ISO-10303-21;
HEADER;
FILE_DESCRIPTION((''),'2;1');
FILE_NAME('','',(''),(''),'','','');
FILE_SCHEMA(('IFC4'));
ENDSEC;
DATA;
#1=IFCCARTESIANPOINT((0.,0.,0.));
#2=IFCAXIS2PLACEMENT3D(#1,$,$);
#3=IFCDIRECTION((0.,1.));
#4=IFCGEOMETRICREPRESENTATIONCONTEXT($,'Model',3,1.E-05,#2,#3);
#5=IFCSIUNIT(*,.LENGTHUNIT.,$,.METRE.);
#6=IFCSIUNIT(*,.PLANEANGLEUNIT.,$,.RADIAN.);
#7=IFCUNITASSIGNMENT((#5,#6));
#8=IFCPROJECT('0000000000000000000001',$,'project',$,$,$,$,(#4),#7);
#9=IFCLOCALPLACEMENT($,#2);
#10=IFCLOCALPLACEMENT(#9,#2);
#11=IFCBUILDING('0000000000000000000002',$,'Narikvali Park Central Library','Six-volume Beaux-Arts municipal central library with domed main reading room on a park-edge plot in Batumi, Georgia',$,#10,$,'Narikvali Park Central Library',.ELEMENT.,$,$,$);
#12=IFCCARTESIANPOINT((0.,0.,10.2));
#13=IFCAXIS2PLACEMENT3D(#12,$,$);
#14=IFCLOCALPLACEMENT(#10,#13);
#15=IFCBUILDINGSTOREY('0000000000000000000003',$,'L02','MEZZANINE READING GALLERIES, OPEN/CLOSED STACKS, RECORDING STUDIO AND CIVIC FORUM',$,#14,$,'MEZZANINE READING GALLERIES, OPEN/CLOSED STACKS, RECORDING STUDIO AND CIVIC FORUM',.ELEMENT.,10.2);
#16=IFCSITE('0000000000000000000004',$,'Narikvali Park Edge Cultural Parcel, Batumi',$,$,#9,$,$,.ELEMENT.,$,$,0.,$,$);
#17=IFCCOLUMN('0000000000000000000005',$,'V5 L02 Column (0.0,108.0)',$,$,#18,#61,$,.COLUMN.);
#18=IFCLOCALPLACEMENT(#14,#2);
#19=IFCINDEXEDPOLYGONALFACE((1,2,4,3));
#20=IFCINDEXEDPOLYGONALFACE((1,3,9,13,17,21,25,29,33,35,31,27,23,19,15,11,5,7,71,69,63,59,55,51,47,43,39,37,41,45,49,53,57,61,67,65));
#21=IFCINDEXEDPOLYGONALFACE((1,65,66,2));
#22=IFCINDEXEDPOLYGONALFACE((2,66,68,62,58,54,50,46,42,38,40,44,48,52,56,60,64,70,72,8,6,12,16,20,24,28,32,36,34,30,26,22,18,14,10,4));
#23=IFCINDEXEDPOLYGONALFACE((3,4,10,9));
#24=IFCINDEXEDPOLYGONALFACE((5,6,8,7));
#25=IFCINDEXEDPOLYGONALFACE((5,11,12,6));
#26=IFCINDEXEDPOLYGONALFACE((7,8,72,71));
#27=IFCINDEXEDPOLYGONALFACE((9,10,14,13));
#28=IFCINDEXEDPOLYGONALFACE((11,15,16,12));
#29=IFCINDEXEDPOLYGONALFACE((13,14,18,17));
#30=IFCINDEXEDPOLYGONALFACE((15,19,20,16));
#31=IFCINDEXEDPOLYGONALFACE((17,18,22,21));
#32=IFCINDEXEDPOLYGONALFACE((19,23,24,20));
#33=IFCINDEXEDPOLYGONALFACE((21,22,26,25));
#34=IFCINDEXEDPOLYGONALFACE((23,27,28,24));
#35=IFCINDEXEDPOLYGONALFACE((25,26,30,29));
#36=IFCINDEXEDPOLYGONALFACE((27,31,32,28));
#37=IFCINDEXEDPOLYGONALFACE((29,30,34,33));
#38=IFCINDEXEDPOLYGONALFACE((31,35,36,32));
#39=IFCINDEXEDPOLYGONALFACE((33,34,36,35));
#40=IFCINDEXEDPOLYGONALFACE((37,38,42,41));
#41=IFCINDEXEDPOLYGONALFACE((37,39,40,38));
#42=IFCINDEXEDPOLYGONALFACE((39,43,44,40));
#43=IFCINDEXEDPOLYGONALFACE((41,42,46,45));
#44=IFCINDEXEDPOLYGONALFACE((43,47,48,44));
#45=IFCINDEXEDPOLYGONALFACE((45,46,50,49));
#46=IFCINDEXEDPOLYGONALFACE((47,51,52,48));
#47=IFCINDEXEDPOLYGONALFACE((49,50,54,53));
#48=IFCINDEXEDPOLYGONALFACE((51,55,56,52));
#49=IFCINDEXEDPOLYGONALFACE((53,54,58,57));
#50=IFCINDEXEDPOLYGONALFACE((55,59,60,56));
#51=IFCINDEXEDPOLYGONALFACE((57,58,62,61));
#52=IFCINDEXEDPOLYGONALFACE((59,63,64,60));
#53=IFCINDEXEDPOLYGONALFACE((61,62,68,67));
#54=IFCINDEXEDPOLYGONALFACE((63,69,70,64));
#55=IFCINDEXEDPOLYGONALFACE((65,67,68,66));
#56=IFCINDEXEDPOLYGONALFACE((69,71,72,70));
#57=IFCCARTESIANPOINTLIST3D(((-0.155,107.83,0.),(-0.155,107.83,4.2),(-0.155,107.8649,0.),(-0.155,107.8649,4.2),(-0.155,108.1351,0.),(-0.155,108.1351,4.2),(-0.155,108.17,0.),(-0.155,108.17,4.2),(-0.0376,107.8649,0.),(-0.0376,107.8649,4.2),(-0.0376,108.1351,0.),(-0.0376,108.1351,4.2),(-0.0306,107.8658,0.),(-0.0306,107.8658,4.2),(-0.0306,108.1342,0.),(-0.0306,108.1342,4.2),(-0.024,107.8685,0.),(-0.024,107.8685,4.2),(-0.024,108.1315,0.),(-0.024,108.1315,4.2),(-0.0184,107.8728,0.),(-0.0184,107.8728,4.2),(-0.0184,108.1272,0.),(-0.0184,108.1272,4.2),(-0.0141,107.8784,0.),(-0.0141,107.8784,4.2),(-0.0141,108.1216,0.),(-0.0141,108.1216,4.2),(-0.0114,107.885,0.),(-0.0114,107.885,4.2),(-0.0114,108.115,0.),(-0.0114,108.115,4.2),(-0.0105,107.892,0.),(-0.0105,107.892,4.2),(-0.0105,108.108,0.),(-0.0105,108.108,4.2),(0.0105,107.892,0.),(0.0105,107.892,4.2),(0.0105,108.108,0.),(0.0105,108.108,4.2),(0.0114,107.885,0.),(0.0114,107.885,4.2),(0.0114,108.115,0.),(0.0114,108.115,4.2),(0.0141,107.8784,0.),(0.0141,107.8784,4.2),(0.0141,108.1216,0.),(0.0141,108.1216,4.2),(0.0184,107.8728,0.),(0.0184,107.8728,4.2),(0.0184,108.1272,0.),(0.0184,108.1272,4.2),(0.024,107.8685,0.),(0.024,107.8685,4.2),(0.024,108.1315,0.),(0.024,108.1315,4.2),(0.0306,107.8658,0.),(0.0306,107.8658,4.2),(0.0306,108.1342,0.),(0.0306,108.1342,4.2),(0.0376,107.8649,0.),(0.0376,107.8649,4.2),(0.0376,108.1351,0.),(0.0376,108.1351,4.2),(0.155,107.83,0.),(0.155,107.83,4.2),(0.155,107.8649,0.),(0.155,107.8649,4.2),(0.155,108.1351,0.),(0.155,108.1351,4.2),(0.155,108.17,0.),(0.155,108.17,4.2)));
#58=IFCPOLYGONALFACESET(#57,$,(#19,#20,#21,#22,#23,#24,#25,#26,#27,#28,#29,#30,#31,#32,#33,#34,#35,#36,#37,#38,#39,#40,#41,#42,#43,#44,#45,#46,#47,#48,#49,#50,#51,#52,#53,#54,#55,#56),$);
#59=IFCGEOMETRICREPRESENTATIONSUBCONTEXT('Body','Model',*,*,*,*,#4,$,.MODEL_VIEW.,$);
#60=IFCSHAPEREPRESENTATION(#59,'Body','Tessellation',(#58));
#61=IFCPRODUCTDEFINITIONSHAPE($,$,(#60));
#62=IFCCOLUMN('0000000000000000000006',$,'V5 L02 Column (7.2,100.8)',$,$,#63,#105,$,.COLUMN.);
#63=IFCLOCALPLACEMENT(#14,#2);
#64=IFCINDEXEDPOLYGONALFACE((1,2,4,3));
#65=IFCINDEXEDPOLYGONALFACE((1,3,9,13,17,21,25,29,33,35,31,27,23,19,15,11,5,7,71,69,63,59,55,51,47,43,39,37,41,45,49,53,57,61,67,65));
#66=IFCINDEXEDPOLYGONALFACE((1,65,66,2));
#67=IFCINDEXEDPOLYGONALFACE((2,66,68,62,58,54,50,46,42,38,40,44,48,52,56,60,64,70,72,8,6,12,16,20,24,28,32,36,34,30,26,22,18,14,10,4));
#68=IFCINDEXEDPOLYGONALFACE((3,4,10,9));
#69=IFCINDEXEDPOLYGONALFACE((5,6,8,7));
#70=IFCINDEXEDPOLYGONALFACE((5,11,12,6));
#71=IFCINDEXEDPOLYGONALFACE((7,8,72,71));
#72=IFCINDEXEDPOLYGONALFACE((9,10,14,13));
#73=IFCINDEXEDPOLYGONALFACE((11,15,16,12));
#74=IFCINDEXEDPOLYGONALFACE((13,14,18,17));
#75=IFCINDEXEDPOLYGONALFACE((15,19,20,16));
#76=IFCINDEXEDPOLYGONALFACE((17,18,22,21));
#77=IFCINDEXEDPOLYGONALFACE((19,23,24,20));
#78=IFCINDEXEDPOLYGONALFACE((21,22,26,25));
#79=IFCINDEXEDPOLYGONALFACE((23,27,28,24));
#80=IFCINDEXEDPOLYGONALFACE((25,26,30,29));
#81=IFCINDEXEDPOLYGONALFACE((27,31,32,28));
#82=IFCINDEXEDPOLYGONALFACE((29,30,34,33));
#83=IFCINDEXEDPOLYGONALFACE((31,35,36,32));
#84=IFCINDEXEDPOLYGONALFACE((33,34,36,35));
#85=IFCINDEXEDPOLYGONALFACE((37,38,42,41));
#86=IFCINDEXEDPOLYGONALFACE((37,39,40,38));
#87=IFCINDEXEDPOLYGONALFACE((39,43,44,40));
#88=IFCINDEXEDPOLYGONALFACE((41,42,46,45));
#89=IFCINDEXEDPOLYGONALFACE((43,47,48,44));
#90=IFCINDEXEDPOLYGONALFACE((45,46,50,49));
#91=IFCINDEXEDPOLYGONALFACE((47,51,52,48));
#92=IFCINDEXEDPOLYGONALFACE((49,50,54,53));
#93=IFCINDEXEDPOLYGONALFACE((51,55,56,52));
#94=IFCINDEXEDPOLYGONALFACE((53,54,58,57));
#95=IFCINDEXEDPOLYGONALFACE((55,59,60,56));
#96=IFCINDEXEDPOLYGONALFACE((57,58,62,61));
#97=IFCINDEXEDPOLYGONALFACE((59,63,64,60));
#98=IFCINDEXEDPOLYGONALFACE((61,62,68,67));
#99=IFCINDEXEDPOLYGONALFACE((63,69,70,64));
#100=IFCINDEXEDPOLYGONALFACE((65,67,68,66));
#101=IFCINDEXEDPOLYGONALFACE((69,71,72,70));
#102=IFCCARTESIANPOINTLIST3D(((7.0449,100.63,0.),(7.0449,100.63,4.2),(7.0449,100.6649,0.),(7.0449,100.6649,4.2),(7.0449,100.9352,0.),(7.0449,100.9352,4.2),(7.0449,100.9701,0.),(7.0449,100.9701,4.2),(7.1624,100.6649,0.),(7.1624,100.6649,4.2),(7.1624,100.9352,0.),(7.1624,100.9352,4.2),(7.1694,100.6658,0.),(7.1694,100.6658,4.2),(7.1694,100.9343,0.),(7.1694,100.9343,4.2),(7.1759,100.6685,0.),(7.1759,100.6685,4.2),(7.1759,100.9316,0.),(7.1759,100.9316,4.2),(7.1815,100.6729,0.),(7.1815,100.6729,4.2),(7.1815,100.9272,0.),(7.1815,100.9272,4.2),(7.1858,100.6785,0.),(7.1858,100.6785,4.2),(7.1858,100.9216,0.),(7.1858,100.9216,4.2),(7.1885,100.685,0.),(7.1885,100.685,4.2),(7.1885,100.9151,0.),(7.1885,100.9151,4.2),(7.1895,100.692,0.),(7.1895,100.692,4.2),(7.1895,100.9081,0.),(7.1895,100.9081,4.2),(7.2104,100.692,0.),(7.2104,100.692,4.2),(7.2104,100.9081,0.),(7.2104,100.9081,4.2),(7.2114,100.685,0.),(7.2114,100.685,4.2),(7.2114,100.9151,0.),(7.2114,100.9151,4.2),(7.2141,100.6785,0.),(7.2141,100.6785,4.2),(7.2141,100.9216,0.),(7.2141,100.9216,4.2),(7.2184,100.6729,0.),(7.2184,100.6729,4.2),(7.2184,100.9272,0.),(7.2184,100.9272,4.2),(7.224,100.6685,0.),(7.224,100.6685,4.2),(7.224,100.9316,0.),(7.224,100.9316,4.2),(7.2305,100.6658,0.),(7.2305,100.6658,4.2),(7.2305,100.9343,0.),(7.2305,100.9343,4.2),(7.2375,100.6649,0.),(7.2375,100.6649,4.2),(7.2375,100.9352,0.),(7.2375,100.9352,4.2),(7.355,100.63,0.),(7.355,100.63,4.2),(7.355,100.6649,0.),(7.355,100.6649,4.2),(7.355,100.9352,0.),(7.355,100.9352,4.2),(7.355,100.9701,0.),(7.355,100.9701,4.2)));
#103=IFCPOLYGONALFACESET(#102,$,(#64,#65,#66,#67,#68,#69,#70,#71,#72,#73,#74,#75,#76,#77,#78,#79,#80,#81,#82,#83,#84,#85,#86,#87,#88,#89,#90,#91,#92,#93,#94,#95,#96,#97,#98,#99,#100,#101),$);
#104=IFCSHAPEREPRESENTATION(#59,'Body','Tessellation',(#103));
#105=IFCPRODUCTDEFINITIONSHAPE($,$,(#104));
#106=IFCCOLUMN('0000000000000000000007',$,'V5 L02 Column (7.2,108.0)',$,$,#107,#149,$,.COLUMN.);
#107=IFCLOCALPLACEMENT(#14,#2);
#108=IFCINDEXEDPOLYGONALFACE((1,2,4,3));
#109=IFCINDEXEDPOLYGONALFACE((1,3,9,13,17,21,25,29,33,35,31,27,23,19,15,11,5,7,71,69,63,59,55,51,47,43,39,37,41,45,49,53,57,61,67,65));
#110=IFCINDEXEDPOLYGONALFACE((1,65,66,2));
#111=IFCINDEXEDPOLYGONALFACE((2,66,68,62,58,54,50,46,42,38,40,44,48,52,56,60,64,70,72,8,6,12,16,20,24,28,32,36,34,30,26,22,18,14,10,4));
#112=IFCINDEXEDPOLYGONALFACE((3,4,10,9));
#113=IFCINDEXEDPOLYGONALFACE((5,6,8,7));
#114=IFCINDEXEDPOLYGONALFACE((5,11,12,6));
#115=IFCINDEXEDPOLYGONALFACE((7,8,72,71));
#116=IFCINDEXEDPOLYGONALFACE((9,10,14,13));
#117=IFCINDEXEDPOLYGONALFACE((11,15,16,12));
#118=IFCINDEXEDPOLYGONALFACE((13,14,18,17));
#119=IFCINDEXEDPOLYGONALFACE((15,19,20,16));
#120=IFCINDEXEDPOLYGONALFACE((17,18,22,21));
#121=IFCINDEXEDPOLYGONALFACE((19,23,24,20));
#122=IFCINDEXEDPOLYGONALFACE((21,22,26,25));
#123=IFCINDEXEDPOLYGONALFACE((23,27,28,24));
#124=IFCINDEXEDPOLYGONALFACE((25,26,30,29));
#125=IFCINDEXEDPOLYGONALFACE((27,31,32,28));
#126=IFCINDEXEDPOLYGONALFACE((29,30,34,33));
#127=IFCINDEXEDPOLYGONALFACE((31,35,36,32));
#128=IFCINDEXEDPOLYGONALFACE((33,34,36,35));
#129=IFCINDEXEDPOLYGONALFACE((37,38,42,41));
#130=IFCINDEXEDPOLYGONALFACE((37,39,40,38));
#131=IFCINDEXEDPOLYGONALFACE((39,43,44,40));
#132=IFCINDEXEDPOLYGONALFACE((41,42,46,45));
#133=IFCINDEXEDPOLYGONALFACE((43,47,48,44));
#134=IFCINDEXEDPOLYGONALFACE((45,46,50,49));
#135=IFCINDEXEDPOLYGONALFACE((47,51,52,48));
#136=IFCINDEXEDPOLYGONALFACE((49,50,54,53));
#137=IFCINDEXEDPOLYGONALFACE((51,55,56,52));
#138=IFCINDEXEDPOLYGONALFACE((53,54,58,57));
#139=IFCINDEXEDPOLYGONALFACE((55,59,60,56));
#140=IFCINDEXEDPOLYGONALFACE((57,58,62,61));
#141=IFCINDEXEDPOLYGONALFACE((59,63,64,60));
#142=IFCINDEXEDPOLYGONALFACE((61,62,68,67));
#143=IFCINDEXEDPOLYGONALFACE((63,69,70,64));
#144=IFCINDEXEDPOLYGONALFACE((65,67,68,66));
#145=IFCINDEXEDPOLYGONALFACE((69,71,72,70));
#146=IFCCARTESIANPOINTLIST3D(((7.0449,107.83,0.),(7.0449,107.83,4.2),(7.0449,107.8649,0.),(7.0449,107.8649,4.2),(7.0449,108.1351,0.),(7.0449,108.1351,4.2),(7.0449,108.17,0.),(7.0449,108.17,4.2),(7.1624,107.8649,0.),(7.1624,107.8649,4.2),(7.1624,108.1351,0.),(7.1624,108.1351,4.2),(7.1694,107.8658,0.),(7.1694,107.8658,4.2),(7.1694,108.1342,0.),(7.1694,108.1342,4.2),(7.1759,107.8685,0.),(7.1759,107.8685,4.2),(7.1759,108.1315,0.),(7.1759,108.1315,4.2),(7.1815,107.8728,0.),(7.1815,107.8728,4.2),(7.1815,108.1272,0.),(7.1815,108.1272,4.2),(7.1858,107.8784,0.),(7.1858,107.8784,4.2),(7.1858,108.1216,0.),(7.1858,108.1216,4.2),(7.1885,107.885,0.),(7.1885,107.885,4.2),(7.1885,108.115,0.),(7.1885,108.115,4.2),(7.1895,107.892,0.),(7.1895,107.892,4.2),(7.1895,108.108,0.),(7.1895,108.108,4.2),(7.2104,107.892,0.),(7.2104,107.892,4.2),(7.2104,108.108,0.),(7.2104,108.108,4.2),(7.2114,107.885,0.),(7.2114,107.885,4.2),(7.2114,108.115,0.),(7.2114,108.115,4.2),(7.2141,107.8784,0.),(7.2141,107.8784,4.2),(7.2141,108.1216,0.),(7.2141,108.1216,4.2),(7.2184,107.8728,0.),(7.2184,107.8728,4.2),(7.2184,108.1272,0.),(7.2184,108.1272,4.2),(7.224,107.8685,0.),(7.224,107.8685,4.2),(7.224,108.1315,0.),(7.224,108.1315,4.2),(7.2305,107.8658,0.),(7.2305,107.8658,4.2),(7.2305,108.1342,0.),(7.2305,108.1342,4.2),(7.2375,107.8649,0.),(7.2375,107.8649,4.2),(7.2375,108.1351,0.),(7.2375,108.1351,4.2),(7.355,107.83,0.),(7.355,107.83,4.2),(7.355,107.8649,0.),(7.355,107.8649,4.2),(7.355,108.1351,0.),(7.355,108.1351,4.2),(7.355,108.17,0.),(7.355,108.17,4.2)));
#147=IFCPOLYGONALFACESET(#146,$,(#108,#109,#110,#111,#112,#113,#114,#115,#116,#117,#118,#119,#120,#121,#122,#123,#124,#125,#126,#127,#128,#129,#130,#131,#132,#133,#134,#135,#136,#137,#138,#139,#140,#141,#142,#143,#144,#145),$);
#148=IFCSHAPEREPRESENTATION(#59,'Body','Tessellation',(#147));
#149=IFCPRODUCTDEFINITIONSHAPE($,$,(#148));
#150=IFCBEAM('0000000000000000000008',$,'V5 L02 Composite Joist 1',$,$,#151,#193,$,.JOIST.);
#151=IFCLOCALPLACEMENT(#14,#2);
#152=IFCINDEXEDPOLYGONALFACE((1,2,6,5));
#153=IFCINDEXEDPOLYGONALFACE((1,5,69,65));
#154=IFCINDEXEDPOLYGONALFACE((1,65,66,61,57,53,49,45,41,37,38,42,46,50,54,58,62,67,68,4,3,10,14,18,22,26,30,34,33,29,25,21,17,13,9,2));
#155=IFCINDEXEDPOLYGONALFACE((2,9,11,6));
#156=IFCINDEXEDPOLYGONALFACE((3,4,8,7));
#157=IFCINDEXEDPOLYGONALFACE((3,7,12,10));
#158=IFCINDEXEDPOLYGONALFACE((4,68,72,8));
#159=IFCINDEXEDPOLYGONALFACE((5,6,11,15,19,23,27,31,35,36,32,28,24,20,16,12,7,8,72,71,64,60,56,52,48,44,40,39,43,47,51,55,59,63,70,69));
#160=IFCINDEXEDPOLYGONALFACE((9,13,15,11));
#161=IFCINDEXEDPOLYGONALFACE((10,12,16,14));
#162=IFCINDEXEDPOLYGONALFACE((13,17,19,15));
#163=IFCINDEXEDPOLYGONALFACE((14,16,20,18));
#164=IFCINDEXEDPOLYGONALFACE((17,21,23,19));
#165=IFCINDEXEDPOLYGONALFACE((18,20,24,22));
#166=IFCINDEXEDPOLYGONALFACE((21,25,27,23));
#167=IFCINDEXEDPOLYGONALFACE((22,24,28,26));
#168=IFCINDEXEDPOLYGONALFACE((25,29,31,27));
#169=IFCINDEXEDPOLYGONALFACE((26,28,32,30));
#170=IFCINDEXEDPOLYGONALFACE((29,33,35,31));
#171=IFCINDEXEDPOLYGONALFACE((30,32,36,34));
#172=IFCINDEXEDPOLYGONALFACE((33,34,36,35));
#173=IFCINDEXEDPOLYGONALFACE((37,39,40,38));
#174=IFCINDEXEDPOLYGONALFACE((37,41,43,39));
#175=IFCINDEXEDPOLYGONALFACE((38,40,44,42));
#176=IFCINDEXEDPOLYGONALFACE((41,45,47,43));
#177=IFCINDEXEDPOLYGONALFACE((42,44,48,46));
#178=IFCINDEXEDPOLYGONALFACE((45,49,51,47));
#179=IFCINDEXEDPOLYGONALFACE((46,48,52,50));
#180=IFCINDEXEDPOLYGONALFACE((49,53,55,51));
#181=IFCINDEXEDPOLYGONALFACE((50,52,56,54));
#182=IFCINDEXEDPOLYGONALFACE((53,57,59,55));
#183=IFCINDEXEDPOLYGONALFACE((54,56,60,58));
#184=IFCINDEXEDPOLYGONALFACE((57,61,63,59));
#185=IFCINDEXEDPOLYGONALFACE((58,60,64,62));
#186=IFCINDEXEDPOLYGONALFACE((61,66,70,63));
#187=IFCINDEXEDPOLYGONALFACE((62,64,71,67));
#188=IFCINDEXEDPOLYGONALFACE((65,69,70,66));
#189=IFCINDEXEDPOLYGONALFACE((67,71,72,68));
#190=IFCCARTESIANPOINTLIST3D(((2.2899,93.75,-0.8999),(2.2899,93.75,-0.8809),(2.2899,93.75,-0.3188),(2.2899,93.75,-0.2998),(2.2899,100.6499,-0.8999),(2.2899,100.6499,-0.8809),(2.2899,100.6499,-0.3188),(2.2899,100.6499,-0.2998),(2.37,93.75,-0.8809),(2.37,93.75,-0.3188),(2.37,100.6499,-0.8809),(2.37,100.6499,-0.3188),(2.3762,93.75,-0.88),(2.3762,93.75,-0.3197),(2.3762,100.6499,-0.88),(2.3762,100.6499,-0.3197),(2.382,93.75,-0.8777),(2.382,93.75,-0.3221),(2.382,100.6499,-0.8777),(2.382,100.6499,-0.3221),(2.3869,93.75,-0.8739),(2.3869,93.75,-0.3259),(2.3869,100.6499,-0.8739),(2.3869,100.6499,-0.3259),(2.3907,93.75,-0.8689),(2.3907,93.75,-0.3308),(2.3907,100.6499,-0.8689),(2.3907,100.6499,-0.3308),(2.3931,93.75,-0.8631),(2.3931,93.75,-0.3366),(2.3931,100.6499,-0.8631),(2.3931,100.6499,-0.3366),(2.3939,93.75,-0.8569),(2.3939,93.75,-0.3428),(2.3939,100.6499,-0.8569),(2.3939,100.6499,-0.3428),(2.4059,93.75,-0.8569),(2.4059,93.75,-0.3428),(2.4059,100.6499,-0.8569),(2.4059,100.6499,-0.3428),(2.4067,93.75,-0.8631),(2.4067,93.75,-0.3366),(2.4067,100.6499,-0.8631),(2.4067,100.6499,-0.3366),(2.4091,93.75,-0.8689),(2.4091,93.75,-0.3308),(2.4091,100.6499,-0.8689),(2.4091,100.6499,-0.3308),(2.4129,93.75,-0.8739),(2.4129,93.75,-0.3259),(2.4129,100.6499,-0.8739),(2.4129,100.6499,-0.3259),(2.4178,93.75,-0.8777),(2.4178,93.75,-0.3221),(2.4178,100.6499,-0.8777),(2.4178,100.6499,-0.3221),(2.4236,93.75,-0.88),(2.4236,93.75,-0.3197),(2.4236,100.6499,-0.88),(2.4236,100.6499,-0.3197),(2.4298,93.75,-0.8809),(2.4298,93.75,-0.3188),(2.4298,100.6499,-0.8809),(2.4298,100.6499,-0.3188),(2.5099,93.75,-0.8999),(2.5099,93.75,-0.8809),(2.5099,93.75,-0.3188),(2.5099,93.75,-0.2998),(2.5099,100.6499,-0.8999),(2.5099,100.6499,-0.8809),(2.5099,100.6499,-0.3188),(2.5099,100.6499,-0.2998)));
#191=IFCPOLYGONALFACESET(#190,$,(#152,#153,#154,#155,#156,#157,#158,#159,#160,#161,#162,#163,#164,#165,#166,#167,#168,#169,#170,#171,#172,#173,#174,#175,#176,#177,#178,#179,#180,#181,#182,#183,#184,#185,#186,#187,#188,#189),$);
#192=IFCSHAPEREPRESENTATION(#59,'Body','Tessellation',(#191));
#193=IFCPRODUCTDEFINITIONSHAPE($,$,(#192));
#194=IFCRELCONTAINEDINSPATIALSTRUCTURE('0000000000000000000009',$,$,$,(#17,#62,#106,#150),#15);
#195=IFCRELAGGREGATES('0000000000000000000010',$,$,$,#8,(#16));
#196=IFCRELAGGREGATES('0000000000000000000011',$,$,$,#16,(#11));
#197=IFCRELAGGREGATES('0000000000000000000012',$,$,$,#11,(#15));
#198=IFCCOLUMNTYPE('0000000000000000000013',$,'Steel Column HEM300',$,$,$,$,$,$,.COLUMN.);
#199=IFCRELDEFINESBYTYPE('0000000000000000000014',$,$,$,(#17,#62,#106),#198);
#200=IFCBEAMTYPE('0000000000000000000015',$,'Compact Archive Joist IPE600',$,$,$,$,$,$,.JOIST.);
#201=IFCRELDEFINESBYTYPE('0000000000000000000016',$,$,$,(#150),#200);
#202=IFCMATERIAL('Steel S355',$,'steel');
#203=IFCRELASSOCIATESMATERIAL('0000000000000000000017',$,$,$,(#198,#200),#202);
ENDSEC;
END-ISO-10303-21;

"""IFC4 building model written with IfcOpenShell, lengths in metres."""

from ifc_helpers import new_model, si_unit, direction, frame, origin, origin_2d, place, context, subcontext, project, spatial, i_section, extrude, material, material_profile, profile_set, type_object, element, save


model = new_model("IFC4")

# Units and contexts
model_context = context("Model", 3, precision=1e-05, world=origin(), true_north=direction((0.0, 1.0)))
body_context = subcontext(model_context, "Body", "Model", "MODEL_VIEW")
ifc_project = project(units=[si_unit("LENGTHUNIT", "METRE"), si_unit("PLANEANGLEUNIT", "RADIAN")], contexts=[model_context])

# Site, building, storey
site_placement = place(None, origin())
site = spatial("IfcSite", under=ifc_project, at=site_placement, Name="Narikvali Park Edge Cultural Parcel, Batumi", CompositionType="ELEMENT", RefElevation=0.0)
building_placement = place(site_placement, origin())
building = spatial("IfcBuilding", under=site, at=building_placement, Name="Narikvali Park Central Library", Description="Six-volume Beaux-Arts municipal central library with domed main reading room on a park-edge plot in Batumi, Georgia", LongName="Narikvali Park Central Library", CompositionType="ELEMENT")
storey_placement = place(building_placement, frame((0.0, 0.0, 10.2)))
storey = spatial("IfcBuildingStorey", under=building, at=storey_placement, Name="L02", Description="MEZZANINE READING GALLERIES, OPEN/CLOSED STACKS, RECORDING STUDIO AND CIVIC FORUM", LongName="MEZZANINE READING GALLERIES, OPEN/CLOSED STACKS, RECORDING STUDIO AND CIVIC FORUM", CompositionType="ELEMENT", Elevation=10.2)

# Columns
ifc_material_1 = material(Name="Steel S355", Category="steel")
ifc_material_profile_1 = material_profile(ifc_material_1, i_section(OverallWidth=0.3101, OverallDepth=0.3401, WebThickness=0.021, FlangeThickness=0.0349, FilletRadius=0.0271, at=origin_2d()), Name="HEM 300")
ifc_profile_set_1 = profile_set([ifc_material_profile_1], Name="Steel S355")
column_type = type_object("IfcColumnType", Name="Steel Column HEM300", PredefinedType="COLUMN", material=ifc_profile_set_1)
for number, where, z_axis, x_axis, name in (
    (1, (0.0, 108.0, 0.0), (0.0, 0.0, 1.0), (1.0, 0.0, 0.0), "V5 L02 Column (0.0,108.0)"),
    (2, (7.2, 100.8, 0.0), (0.0, 0.0, 1.0), (1.0, 0.0, 0.0), "V5 L02 Column (7.2,100.8)"),
    (3, (7.2, 108.0, 0.0), (0.0, 0.0, 1.0), (1.0, 0.0, 0.0), "V5 L02 Column (7.2,108.0)"),
):
    element("IfcColumn", number, at=place(storey_placement, frame(where, z_axis=z_axis, x_axis=x_axis)), inside=storey, type_object=column_type, Name=name, PredefinedType="COLUMN", context=body_context, shape_type="SweptSolid", body=[
        extrude(i_section(OverallWidth=0.3101, OverallDepth=0.3401, WebThickness=0.021, FlangeThickness=0.0349, FilletRadius=0.0271, at=origin_2d()), origin(), (0.0, 0.0, 1.0), 4.2),
    ])

# Beam
ifc_material_profile_2 = material_profile(ifc_material_1, i_section(OverallWidth=0.22, OverallDepth=0.6001, WebThickness=0.012, FlangeThickness=0.019, FilletRadius=0.0239, at=origin_2d()), Name="IPE 600")
ifc_profile_set_2 = profile_set([ifc_material_profile_2], Name="Steel S355")
beam_type_1 = type_object("IfcBeamType", Name="Compact Archive Joist IPE600", PredefinedType="JOIST", material=ifc_profile_set_2)
for number, where, z_axis, x_axis, name in (
    (4, (2.3999, 93.75, -0.5999), (0.0, 1.0, 0.0), (-1.0, 0.0, 0.0), "V5 L02 Composite Joist 1"),
):
    element("IfcBeam", number, at=place(storey_placement, frame(where, z_axis=z_axis, x_axis=x_axis)), inside=storey, type_object=beam_type_1, Name=name, PredefinedType="JOIST", context=body_context, shape_type="SweptSolid", body=[
        extrude(i_section(OverallWidth=0.22, OverallDepth=0.6001, WebThickness=0.012, FlangeThickness=0.019, FilletRadius=0.0239, at=origin_2d()), origin(), (0.0, 0.0, 1.0), 6.8999),
    ])

save(model, "model.ifc")
